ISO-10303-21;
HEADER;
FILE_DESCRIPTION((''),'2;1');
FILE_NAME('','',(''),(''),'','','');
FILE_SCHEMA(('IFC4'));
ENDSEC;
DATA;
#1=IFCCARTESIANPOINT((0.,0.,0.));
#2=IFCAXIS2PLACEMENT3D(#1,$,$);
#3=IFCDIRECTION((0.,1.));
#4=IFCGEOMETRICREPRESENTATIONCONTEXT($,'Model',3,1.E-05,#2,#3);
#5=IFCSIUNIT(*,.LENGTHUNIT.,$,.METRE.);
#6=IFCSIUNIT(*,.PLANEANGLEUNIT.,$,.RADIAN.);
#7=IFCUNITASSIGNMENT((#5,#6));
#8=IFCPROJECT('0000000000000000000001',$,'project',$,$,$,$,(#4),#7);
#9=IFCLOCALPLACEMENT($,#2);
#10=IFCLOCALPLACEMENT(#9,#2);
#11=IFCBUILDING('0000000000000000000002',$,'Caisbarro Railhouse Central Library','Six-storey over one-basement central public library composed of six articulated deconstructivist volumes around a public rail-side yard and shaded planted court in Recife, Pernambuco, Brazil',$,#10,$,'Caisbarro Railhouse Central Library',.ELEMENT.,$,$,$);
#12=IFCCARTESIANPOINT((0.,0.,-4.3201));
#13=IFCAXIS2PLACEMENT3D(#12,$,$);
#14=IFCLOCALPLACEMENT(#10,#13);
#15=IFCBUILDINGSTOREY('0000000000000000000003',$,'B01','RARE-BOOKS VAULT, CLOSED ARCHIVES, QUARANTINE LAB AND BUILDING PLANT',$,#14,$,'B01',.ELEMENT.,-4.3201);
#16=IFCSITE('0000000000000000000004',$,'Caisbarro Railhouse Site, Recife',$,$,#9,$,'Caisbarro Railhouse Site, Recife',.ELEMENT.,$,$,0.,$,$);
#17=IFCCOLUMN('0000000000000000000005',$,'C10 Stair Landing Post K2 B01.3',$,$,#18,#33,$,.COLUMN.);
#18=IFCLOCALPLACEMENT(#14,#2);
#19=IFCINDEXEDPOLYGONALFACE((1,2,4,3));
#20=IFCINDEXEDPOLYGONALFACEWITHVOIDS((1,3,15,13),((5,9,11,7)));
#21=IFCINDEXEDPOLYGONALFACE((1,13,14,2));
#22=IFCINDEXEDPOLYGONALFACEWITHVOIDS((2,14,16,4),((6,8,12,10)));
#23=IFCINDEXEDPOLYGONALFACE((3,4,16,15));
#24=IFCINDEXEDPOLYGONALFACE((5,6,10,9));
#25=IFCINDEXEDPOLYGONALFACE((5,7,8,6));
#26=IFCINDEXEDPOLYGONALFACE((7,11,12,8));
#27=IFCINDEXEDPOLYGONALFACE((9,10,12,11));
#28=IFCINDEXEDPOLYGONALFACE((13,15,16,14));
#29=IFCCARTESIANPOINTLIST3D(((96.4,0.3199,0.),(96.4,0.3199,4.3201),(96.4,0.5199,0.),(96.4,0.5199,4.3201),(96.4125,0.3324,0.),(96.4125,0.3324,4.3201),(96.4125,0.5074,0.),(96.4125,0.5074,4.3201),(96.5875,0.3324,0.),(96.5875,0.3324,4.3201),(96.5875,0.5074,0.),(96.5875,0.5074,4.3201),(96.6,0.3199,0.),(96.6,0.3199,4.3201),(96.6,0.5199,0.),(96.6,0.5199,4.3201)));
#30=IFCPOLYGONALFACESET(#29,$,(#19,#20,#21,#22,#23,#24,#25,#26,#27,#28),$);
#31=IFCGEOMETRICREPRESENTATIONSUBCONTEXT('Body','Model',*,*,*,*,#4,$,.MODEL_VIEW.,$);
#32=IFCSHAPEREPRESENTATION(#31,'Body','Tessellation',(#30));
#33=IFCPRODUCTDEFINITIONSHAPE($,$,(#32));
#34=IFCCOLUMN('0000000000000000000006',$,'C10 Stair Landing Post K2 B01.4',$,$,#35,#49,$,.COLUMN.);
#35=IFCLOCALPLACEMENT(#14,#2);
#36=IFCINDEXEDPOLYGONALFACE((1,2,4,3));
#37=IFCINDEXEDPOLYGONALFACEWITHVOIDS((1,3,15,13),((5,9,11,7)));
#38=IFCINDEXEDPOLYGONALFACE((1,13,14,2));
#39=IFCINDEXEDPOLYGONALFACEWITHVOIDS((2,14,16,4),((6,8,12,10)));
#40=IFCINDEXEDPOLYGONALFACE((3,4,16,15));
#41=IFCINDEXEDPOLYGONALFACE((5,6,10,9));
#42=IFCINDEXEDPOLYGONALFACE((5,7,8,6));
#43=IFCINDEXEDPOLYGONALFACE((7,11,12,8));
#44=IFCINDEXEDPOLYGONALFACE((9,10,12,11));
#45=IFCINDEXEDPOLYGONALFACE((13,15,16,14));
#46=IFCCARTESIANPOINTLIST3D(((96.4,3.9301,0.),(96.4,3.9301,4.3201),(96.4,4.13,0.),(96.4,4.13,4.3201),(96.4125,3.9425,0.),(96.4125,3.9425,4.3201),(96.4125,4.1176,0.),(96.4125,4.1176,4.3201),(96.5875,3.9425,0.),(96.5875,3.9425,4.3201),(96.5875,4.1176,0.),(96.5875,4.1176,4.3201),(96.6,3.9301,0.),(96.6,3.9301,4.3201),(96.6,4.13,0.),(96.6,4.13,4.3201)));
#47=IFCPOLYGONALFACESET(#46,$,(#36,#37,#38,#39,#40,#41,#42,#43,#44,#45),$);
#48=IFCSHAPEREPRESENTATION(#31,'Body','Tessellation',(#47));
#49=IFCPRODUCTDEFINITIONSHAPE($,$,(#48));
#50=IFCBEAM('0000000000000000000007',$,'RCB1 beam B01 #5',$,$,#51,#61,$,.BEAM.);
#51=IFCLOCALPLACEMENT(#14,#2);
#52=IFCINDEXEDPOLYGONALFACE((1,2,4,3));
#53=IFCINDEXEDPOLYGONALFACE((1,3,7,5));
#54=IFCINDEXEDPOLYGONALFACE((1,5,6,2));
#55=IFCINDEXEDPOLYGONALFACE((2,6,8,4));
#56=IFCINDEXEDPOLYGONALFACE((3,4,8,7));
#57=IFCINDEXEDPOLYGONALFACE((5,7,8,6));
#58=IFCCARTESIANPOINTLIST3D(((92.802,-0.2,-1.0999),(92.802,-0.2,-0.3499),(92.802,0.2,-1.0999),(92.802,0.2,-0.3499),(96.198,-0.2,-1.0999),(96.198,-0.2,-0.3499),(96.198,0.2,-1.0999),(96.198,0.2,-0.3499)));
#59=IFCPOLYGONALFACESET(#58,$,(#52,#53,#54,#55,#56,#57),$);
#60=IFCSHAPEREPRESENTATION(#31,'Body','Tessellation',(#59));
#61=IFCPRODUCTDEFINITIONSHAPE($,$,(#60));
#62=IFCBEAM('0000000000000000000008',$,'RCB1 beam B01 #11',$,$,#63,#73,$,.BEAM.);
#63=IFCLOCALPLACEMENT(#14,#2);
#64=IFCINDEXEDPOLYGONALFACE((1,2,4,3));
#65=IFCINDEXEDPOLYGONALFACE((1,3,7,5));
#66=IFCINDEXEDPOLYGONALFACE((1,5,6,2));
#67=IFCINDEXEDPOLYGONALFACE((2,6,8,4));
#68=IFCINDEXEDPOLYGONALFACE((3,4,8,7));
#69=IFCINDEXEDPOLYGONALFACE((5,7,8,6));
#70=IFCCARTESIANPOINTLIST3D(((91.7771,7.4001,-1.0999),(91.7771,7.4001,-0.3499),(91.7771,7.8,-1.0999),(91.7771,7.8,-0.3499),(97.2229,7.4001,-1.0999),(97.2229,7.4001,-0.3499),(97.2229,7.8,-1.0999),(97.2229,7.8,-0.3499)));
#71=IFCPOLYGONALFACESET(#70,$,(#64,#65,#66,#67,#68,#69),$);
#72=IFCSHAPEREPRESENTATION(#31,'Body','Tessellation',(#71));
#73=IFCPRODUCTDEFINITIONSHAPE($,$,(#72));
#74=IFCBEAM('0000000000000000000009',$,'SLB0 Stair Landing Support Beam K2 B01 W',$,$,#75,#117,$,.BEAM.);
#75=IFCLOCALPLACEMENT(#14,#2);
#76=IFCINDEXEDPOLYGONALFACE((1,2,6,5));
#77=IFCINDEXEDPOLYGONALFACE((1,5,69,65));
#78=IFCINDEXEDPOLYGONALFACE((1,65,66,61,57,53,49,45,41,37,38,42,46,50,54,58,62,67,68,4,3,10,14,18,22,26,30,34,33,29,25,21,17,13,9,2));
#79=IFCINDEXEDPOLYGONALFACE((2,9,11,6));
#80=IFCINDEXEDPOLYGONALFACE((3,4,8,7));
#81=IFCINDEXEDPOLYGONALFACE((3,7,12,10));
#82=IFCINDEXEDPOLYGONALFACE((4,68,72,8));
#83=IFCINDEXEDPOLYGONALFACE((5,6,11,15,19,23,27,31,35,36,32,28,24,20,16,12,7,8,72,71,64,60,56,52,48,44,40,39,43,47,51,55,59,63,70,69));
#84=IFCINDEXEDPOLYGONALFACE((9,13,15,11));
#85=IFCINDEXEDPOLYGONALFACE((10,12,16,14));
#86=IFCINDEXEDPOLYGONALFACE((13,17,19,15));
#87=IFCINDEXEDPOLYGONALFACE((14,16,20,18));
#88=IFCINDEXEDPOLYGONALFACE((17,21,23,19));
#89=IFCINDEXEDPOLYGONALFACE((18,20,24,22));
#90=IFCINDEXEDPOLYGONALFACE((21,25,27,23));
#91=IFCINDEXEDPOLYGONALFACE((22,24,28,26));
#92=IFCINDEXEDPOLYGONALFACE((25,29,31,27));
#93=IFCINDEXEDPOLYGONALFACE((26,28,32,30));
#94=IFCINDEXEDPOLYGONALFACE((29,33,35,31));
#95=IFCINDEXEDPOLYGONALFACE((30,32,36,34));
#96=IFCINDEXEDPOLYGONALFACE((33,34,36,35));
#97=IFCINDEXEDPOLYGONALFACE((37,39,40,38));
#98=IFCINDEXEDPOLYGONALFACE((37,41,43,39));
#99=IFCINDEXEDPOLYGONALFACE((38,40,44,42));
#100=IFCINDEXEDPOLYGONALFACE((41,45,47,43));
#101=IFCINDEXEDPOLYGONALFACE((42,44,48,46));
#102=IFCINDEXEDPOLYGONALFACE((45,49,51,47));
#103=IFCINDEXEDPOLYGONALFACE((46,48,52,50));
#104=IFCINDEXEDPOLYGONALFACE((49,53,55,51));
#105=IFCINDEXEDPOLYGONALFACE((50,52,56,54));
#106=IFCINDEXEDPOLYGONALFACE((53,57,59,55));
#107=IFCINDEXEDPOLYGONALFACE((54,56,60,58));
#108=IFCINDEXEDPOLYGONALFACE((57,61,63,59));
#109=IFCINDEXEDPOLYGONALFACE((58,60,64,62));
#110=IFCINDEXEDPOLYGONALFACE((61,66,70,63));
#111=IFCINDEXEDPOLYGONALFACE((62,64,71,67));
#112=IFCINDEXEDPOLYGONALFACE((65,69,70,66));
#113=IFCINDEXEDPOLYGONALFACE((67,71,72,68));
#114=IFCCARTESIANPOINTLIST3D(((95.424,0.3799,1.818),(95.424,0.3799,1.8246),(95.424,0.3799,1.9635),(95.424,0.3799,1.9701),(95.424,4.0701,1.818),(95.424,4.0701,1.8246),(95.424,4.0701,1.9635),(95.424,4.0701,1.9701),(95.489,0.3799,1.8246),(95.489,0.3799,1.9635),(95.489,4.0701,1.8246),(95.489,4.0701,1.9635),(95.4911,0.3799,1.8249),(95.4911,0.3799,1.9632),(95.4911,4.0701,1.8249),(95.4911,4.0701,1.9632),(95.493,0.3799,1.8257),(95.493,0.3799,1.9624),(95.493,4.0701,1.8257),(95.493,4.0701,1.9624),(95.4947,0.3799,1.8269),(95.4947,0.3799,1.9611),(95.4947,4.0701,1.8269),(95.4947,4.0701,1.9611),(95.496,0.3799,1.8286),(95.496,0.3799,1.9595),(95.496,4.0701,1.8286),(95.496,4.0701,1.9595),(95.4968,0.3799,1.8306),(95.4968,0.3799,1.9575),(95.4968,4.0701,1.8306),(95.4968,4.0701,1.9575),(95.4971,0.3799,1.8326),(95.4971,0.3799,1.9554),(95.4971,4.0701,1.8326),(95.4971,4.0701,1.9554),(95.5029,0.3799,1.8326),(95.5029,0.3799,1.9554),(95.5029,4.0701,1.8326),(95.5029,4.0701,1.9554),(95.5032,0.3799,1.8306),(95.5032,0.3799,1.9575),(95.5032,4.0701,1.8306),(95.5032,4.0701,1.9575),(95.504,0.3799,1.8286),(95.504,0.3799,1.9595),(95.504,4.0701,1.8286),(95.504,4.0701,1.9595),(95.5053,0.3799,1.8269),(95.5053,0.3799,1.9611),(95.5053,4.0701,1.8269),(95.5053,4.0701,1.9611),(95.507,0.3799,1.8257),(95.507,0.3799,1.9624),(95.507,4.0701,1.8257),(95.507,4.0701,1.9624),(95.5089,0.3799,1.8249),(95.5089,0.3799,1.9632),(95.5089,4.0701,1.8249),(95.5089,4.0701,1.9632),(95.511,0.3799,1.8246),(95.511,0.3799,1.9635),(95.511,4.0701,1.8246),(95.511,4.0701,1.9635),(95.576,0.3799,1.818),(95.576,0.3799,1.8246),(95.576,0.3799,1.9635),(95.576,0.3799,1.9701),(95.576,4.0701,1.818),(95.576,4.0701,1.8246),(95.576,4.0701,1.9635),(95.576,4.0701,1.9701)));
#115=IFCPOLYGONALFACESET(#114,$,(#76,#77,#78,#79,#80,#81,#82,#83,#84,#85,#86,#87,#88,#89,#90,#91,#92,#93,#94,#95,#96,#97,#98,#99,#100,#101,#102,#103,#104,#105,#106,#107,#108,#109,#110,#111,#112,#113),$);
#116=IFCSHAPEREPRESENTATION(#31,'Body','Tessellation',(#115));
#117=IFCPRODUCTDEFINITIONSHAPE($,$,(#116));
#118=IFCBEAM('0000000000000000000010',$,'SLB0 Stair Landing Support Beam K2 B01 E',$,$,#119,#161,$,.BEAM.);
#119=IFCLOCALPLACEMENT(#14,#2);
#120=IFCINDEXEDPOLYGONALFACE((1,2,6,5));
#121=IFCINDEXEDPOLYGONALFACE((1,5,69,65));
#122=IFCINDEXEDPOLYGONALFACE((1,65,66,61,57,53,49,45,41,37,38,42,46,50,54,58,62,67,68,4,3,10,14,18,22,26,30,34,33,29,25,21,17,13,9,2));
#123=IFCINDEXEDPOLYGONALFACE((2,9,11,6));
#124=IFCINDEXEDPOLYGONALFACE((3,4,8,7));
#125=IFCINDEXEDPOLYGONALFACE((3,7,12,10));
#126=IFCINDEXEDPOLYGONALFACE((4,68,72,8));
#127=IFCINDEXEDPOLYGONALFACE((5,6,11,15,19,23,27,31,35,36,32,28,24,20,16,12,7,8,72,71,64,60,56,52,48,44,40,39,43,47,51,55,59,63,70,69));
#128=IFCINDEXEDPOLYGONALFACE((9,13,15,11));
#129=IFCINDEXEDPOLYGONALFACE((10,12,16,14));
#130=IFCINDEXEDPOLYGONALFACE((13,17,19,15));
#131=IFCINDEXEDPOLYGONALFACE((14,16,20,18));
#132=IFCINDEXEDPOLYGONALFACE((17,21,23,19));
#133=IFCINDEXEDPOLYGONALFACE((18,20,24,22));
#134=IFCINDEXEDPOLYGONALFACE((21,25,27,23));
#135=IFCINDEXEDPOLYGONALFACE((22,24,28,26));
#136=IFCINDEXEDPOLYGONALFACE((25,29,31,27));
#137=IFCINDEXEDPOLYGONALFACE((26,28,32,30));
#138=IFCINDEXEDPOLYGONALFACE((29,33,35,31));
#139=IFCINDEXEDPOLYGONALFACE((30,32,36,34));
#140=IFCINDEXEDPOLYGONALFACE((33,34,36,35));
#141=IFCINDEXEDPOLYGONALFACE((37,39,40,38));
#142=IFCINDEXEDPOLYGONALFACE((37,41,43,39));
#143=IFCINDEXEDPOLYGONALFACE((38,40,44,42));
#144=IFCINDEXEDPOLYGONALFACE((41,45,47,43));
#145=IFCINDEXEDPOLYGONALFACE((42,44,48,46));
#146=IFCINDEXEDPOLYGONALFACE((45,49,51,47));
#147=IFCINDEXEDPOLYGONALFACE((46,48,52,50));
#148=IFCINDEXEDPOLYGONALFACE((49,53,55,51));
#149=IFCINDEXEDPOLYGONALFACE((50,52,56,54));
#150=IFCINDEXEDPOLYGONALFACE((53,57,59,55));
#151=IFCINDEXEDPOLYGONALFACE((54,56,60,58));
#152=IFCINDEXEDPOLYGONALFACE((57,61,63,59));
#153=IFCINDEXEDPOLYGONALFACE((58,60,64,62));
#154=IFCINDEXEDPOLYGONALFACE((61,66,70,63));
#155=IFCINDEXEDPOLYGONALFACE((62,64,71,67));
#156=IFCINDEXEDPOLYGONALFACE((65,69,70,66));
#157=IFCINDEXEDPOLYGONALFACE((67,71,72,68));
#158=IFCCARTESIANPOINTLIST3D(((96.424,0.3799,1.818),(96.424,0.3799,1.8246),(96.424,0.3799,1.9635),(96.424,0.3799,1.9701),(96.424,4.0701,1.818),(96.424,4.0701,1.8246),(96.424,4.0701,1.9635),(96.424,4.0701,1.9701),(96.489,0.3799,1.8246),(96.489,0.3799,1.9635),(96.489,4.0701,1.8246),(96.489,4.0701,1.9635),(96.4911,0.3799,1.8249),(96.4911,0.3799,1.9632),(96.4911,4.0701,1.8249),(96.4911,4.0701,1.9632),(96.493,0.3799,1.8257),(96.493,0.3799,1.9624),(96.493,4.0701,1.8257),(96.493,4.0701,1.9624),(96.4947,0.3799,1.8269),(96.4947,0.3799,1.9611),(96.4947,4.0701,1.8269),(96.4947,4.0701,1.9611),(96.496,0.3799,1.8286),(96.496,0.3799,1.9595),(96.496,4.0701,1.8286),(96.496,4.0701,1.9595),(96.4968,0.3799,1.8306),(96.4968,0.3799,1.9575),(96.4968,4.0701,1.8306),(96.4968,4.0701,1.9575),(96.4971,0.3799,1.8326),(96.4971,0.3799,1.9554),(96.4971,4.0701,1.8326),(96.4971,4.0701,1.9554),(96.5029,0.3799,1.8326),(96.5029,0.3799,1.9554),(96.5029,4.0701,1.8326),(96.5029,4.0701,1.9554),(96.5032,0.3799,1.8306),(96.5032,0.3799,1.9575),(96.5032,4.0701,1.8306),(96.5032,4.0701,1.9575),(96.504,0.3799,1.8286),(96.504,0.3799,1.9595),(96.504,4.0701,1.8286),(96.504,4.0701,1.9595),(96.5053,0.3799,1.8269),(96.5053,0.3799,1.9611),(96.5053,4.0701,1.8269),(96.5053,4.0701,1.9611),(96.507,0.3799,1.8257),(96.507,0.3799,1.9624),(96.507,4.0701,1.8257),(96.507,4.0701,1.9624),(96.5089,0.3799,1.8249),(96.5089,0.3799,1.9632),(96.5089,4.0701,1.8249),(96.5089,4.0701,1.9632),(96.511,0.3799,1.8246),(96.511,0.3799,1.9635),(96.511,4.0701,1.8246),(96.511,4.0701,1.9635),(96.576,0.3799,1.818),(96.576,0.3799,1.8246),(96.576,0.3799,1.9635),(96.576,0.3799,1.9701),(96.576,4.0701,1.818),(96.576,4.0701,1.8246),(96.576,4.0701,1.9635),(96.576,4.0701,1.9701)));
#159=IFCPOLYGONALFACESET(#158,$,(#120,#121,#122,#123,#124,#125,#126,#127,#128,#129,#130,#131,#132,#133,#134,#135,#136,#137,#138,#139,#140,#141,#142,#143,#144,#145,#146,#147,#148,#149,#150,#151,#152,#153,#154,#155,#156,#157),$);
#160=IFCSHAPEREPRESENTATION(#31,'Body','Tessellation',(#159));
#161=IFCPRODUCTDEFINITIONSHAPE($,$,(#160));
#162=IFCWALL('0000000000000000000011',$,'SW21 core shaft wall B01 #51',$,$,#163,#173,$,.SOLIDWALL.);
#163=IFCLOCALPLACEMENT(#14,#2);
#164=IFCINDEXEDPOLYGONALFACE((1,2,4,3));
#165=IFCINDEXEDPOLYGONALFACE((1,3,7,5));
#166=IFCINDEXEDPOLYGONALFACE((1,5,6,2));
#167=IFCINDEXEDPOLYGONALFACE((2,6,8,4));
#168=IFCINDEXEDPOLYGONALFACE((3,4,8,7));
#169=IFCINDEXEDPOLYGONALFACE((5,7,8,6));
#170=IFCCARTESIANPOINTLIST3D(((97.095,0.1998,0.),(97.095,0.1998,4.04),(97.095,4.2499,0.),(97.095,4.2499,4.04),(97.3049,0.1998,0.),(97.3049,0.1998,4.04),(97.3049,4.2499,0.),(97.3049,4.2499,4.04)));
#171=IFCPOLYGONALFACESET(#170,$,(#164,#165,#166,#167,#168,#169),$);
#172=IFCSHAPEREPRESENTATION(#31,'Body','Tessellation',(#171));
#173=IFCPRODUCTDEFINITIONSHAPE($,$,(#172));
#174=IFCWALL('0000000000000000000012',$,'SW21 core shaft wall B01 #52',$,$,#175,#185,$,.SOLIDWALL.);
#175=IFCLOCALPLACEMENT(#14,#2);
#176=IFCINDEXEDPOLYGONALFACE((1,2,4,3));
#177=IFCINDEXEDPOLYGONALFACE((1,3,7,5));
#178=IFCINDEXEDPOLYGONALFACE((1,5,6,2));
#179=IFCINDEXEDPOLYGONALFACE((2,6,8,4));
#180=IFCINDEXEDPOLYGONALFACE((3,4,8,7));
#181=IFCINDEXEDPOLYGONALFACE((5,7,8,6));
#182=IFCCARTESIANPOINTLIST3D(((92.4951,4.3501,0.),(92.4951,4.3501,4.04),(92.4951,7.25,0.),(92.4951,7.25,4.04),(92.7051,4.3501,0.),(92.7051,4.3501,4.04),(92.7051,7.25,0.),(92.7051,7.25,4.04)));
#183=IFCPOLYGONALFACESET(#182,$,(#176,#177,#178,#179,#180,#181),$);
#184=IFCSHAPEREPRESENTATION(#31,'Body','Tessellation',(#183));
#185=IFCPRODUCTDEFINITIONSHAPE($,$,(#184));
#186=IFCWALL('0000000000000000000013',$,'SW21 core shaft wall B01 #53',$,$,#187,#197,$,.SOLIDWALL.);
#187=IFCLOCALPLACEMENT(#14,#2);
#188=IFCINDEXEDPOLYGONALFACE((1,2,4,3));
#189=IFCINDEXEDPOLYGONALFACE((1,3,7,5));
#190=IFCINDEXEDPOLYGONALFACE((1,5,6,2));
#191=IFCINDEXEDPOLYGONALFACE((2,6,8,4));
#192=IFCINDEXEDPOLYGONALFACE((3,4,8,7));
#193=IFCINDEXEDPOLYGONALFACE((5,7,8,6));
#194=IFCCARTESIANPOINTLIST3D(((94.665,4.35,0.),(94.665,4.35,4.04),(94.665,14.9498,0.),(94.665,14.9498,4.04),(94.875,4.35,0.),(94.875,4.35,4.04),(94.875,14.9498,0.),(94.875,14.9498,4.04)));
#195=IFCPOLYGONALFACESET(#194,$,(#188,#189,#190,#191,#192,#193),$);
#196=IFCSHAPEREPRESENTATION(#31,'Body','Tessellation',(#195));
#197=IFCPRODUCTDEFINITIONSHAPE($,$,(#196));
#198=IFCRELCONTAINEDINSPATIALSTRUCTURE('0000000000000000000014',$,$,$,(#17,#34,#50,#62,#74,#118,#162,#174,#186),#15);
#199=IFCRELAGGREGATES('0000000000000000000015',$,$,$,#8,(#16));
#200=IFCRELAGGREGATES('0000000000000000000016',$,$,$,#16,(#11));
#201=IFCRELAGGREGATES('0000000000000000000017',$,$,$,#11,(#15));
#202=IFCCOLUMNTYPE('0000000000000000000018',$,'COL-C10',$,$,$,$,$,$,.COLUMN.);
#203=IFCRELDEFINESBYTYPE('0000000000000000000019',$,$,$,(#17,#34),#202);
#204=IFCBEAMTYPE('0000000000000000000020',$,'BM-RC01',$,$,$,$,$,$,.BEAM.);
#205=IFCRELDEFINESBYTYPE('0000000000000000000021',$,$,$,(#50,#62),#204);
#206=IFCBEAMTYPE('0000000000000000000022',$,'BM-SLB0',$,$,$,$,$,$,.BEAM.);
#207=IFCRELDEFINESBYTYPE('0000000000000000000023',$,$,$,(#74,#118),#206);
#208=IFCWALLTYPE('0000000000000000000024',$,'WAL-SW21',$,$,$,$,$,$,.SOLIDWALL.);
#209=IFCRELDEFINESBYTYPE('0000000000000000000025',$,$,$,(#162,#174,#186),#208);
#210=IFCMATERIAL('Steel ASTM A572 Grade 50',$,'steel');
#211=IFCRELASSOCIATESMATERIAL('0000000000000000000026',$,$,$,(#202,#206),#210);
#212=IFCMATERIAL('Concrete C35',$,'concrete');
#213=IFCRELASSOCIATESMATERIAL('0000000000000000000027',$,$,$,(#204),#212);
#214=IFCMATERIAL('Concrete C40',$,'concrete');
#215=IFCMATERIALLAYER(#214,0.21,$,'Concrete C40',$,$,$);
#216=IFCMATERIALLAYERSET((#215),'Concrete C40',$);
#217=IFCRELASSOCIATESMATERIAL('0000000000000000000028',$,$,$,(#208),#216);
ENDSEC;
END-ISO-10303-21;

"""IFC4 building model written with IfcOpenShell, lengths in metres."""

from ifc_helpers import new_model, si_unit, direction, frame, frame_2d, origin, origin_2d, place, context, subcontext, project, spatial, rectangle, hollow_rectangle, i_section, extrude, material, layer, layer_set, material_profile, profile_set, type_object, element, save


model = new_model("IFC4")

# Units and contexts
model_context = context("Model", 3, precision=1e-05, world=origin(), true_north=direction((0.0, 1.0)))
body_context = subcontext(model_context, "Body", "Model", "MODEL_VIEW")
ifc_project = project(units=[si_unit("LENGTHUNIT", "METRE"), si_unit("PLANEANGLEUNIT", "RADIAN")], contexts=[model_context])

# Site, building, storey
site_placement = place(None, origin())
site = spatial("IfcSite", under=ifc_project, at=site_placement, Name="Caisbarro Railhouse Site, Recife", LongName="Caisbarro Railhouse Site, Recife", CompositionType="ELEMENT", RefElevation=0.0)
building_placement = place(site_placement, origin())
building = spatial("IfcBuilding", under=site, at=building_placement, Name="Caisbarro Railhouse Central Library", Description="Six-storey over one-basement central public library composed of six articulated deconstructivist volumes around a public rail-side yard and shaded planted court in Recife, Pernambuco, Brazil", LongName="Caisbarro Railhouse Central Library", CompositionType="ELEMENT")
storey_placement = place(building_placement, frame((0.0, 0.0, -4.3201)))
storey = spatial("IfcBuildingStorey", under=building, at=storey_placement, Name="B01", Description="RARE-BOOKS VAULT, CLOSED ARCHIVES, QUARANTINE LAB AND BUILDING PLANT", LongName="B01", CompositionType="ELEMENT", Elevation=-4.3201)

# Shared definitions
ifc_material_1 = material(Name="Concrete C35", Category="concrete")

# Columns
ifc_material_2 = material(Name="Steel ASTM A572 Grade 50", Category="steel")
ifc_material_profile_1 = material_profile(ifc_material_2, hollow_rectangle(XDim=0.2, YDim=0.2, WallThickness=0.0125, at=origin_2d()), Name="HSS200X200X12.5")
ifc_profile_set_1 = profile_set([ifc_material_profile_1], Name="Steel ASTM A572 Grade 50")
column_type = type_object("IfcColumnType", Name="COL-C10", PredefinedType="COLUMN", material=ifc_profile_set_1)
for number, where, z_axis, x_axis, name in (
    (1, (96.5, 0.4199, 0.0), (0.0, 0.0, 1.0), (1.0, 0.0, 0.0), "C10 Stair Landing Post K2 B01.3"),
    (2, (96.5, 4.03, 0.0), (0.0, 0.0, 1.0), (1.0, 0.0, 0.0), "C10 Stair Landing Post K2 B01.4"),
):
    element("IfcColumn", number, at=place(storey_placement, frame(where, z_axis=z_axis, x_axis=x_axis)), inside=storey, type_object=column_type, Name=name, PredefinedType="COLUMN", context=body_context, shape_type="SweptSolid", body=[
        extrude(hollow_rectangle(XDim=0.2, YDim=0.2, WallThickness=0.0125, at=origin_2d()), origin(), (0.0, 0.0, 1.0), 4.3201),
    ])

# Beams
ifc_material_profile_2 = material_profile(ifc_material_1, rectangle(XDim=0.3999, YDim=0.75, at=origin_2d()), Name="RC-BM-400X750")
ifc_profile_set_2 = profile_set([ifc_material_profile_2], Name="Concrete C35")
beam_type_1 = type_object("IfcBeamType", Name="BM-RC01", PredefinedType="BEAM", material=ifc_profile_set_2)
beam_1_placement = place(storey_placement, frame((92.802, 0.0, -0.7249), z_axis=(1.0, 0.0, 0.0), x_axis=(0.0, 1.0, 0.0)))
element("IfcBeam", 3, at=beam_1_placement, inside=storey, type_object=beam_type_1, Name="RCB1 beam B01 #5", PredefinedType="BEAM", context=body_context, shape_type="SweptSolid", body=[
    extrude(rectangle(XDim=0.3999, YDim=0.75, at=origin_2d()), origin(), (0.0, 0.0, 1.0), 3.396),
])
beam_2_placement = place(storey_placement, frame((91.7771, 7.6001, -0.7249), z_axis=(1.0, 0.0, 0.0), x_axis=(0.0, 1.0, 0.0)))
element("IfcBeam", 4, at=beam_2_placement, inside=storey, type_object=beam_type_1, Name="RCB1 beam B01 #11", PredefinedType="BEAM", context=body_context, shape_type="SweptSolid", body=[
    extrude(rectangle(XDim=0.3999, YDim=0.75, at=origin_2d()), origin(), (0.0, 0.0, 1.0), 5.4458),
])
ifc_material_profile_3 = material_profile(ifc_material_2, i_section(OverallWidth=0.1521, OverallDepth=0.1521, WebThickness=0.0059, FlangeThickness=0.0066, FilletRadius=0.0081, at=origin_2d()), Name="W150X22.5")
ifc_profile_set_3 = profile_set([ifc_material_profile_3], Name="Steel ASTM A572 Grade 50")
beam_type_2 = type_object("IfcBeamType", Name="BM-SLB0", PredefinedType="BEAM", material=ifc_profile_set_3)
for number, where, z_axis, x_axis, name in (
    (5, (95.5, 0.3799, 1.894), (0.0, 1.0, 0.0), (-1.0, 0.0, 0.0), "SLB0 Stair Landing Support Beam K2 B01 W"),
    (6, (96.5, 0.3799, 1.894), (0.0, 1.0, 0.0), (-1.0, 0.0, 0.0), "SLB0 Stair Landing Support Beam K2 B01 E"),
):
    element("IfcBeam", number, at=place(storey_placement, frame(where, z_axis=z_axis, x_axis=x_axis)), inside=storey, type_object=beam_type_2, Name=name, PredefinedType="BEAM", context=body_context, shape_type="SweptSolid", body=[
        extrude(i_section(OverallWidth=0.1521, OverallDepth=0.1521, WebThickness=0.0059, FlangeThickness=0.0066, FilletRadius=0.0081, at=origin_2d()), origin(), (0.0, 0.0, 1.0), 3.6902),
    ])

# Walls
ifc_material_3 = material(Name="Concrete C40", Category="concrete")
ifc_layer = layer(ifc_material_3, 0.21, Name="Concrete C40")
ifc_layer_set = layer_set([ifc_layer], Name="Concrete C40")
wall_type = type_object("IfcWallType", Name="WAL-SW21", PredefinedType="SOLIDWALL", material=ifc_layer_set)
wall_1_placement = place(storey_placement, frame((97.2, 0.2, 0.0), z_axis=(0.0, 0.0, 1.0), x_axis=(0.0, 1.0, 0.0)))
element("IfcWall", 7, at=wall_1_placement, inside=storey, type_object=wall_type, Name="SW21 core shaft wall B01 #51", PredefinedType="SOLIDWALL", context=body_context, shape_type="SweptSolid", body=[
    extrude(rectangle(XDim=4.05, YDim=0.21, at=frame_2d((2.0249, 0.0))), origin(), (0.0, 0.0, 1.0), 4.04),
])
wall_2_placement = place(storey_placement, frame((92.6001, 4.3501, 0.0), z_axis=(0.0, 0.0, 1.0), x_axis=(0.0, 1.0, 0.0)))
element("IfcWall", 8, at=wall_2_placement, inside=storey, type_object=wall_type, Name="SW21 core shaft wall B01 #52", PredefinedType="SOLIDWALL", context=body_context, shape_type="SweptSolid", body=[
    extrude(rectangle(XDim=2.8999, YDim=0.21, at=frame_2d((1.45, 0.0))), origin(), (0.0, 0.0, 1.0), 4.04),
])
wall_3_placement = place(storey_placement, frame((94.77, 4.3501, 0.0), z_axis=(0.0, 0.0, 1.0), x_axis=(0.0, 1.0, 0.0)))
element("IfcWall", 9, at=wall_3_placement, inside=storey, type_object=wall_type, Name="SW21 core shaft wall B01 #53", PredefinedType="SOLIDWALL", context=body_context, shape_type="SweptSolid", body=[
    extrude(rectangle(XDim=10.5999, YDim=0.21, at=frame_2d((5.2998, 0.0))), origin(), (0.0, 0.0, 1.0), 4.04),
])

save(model, "model.ifc")
